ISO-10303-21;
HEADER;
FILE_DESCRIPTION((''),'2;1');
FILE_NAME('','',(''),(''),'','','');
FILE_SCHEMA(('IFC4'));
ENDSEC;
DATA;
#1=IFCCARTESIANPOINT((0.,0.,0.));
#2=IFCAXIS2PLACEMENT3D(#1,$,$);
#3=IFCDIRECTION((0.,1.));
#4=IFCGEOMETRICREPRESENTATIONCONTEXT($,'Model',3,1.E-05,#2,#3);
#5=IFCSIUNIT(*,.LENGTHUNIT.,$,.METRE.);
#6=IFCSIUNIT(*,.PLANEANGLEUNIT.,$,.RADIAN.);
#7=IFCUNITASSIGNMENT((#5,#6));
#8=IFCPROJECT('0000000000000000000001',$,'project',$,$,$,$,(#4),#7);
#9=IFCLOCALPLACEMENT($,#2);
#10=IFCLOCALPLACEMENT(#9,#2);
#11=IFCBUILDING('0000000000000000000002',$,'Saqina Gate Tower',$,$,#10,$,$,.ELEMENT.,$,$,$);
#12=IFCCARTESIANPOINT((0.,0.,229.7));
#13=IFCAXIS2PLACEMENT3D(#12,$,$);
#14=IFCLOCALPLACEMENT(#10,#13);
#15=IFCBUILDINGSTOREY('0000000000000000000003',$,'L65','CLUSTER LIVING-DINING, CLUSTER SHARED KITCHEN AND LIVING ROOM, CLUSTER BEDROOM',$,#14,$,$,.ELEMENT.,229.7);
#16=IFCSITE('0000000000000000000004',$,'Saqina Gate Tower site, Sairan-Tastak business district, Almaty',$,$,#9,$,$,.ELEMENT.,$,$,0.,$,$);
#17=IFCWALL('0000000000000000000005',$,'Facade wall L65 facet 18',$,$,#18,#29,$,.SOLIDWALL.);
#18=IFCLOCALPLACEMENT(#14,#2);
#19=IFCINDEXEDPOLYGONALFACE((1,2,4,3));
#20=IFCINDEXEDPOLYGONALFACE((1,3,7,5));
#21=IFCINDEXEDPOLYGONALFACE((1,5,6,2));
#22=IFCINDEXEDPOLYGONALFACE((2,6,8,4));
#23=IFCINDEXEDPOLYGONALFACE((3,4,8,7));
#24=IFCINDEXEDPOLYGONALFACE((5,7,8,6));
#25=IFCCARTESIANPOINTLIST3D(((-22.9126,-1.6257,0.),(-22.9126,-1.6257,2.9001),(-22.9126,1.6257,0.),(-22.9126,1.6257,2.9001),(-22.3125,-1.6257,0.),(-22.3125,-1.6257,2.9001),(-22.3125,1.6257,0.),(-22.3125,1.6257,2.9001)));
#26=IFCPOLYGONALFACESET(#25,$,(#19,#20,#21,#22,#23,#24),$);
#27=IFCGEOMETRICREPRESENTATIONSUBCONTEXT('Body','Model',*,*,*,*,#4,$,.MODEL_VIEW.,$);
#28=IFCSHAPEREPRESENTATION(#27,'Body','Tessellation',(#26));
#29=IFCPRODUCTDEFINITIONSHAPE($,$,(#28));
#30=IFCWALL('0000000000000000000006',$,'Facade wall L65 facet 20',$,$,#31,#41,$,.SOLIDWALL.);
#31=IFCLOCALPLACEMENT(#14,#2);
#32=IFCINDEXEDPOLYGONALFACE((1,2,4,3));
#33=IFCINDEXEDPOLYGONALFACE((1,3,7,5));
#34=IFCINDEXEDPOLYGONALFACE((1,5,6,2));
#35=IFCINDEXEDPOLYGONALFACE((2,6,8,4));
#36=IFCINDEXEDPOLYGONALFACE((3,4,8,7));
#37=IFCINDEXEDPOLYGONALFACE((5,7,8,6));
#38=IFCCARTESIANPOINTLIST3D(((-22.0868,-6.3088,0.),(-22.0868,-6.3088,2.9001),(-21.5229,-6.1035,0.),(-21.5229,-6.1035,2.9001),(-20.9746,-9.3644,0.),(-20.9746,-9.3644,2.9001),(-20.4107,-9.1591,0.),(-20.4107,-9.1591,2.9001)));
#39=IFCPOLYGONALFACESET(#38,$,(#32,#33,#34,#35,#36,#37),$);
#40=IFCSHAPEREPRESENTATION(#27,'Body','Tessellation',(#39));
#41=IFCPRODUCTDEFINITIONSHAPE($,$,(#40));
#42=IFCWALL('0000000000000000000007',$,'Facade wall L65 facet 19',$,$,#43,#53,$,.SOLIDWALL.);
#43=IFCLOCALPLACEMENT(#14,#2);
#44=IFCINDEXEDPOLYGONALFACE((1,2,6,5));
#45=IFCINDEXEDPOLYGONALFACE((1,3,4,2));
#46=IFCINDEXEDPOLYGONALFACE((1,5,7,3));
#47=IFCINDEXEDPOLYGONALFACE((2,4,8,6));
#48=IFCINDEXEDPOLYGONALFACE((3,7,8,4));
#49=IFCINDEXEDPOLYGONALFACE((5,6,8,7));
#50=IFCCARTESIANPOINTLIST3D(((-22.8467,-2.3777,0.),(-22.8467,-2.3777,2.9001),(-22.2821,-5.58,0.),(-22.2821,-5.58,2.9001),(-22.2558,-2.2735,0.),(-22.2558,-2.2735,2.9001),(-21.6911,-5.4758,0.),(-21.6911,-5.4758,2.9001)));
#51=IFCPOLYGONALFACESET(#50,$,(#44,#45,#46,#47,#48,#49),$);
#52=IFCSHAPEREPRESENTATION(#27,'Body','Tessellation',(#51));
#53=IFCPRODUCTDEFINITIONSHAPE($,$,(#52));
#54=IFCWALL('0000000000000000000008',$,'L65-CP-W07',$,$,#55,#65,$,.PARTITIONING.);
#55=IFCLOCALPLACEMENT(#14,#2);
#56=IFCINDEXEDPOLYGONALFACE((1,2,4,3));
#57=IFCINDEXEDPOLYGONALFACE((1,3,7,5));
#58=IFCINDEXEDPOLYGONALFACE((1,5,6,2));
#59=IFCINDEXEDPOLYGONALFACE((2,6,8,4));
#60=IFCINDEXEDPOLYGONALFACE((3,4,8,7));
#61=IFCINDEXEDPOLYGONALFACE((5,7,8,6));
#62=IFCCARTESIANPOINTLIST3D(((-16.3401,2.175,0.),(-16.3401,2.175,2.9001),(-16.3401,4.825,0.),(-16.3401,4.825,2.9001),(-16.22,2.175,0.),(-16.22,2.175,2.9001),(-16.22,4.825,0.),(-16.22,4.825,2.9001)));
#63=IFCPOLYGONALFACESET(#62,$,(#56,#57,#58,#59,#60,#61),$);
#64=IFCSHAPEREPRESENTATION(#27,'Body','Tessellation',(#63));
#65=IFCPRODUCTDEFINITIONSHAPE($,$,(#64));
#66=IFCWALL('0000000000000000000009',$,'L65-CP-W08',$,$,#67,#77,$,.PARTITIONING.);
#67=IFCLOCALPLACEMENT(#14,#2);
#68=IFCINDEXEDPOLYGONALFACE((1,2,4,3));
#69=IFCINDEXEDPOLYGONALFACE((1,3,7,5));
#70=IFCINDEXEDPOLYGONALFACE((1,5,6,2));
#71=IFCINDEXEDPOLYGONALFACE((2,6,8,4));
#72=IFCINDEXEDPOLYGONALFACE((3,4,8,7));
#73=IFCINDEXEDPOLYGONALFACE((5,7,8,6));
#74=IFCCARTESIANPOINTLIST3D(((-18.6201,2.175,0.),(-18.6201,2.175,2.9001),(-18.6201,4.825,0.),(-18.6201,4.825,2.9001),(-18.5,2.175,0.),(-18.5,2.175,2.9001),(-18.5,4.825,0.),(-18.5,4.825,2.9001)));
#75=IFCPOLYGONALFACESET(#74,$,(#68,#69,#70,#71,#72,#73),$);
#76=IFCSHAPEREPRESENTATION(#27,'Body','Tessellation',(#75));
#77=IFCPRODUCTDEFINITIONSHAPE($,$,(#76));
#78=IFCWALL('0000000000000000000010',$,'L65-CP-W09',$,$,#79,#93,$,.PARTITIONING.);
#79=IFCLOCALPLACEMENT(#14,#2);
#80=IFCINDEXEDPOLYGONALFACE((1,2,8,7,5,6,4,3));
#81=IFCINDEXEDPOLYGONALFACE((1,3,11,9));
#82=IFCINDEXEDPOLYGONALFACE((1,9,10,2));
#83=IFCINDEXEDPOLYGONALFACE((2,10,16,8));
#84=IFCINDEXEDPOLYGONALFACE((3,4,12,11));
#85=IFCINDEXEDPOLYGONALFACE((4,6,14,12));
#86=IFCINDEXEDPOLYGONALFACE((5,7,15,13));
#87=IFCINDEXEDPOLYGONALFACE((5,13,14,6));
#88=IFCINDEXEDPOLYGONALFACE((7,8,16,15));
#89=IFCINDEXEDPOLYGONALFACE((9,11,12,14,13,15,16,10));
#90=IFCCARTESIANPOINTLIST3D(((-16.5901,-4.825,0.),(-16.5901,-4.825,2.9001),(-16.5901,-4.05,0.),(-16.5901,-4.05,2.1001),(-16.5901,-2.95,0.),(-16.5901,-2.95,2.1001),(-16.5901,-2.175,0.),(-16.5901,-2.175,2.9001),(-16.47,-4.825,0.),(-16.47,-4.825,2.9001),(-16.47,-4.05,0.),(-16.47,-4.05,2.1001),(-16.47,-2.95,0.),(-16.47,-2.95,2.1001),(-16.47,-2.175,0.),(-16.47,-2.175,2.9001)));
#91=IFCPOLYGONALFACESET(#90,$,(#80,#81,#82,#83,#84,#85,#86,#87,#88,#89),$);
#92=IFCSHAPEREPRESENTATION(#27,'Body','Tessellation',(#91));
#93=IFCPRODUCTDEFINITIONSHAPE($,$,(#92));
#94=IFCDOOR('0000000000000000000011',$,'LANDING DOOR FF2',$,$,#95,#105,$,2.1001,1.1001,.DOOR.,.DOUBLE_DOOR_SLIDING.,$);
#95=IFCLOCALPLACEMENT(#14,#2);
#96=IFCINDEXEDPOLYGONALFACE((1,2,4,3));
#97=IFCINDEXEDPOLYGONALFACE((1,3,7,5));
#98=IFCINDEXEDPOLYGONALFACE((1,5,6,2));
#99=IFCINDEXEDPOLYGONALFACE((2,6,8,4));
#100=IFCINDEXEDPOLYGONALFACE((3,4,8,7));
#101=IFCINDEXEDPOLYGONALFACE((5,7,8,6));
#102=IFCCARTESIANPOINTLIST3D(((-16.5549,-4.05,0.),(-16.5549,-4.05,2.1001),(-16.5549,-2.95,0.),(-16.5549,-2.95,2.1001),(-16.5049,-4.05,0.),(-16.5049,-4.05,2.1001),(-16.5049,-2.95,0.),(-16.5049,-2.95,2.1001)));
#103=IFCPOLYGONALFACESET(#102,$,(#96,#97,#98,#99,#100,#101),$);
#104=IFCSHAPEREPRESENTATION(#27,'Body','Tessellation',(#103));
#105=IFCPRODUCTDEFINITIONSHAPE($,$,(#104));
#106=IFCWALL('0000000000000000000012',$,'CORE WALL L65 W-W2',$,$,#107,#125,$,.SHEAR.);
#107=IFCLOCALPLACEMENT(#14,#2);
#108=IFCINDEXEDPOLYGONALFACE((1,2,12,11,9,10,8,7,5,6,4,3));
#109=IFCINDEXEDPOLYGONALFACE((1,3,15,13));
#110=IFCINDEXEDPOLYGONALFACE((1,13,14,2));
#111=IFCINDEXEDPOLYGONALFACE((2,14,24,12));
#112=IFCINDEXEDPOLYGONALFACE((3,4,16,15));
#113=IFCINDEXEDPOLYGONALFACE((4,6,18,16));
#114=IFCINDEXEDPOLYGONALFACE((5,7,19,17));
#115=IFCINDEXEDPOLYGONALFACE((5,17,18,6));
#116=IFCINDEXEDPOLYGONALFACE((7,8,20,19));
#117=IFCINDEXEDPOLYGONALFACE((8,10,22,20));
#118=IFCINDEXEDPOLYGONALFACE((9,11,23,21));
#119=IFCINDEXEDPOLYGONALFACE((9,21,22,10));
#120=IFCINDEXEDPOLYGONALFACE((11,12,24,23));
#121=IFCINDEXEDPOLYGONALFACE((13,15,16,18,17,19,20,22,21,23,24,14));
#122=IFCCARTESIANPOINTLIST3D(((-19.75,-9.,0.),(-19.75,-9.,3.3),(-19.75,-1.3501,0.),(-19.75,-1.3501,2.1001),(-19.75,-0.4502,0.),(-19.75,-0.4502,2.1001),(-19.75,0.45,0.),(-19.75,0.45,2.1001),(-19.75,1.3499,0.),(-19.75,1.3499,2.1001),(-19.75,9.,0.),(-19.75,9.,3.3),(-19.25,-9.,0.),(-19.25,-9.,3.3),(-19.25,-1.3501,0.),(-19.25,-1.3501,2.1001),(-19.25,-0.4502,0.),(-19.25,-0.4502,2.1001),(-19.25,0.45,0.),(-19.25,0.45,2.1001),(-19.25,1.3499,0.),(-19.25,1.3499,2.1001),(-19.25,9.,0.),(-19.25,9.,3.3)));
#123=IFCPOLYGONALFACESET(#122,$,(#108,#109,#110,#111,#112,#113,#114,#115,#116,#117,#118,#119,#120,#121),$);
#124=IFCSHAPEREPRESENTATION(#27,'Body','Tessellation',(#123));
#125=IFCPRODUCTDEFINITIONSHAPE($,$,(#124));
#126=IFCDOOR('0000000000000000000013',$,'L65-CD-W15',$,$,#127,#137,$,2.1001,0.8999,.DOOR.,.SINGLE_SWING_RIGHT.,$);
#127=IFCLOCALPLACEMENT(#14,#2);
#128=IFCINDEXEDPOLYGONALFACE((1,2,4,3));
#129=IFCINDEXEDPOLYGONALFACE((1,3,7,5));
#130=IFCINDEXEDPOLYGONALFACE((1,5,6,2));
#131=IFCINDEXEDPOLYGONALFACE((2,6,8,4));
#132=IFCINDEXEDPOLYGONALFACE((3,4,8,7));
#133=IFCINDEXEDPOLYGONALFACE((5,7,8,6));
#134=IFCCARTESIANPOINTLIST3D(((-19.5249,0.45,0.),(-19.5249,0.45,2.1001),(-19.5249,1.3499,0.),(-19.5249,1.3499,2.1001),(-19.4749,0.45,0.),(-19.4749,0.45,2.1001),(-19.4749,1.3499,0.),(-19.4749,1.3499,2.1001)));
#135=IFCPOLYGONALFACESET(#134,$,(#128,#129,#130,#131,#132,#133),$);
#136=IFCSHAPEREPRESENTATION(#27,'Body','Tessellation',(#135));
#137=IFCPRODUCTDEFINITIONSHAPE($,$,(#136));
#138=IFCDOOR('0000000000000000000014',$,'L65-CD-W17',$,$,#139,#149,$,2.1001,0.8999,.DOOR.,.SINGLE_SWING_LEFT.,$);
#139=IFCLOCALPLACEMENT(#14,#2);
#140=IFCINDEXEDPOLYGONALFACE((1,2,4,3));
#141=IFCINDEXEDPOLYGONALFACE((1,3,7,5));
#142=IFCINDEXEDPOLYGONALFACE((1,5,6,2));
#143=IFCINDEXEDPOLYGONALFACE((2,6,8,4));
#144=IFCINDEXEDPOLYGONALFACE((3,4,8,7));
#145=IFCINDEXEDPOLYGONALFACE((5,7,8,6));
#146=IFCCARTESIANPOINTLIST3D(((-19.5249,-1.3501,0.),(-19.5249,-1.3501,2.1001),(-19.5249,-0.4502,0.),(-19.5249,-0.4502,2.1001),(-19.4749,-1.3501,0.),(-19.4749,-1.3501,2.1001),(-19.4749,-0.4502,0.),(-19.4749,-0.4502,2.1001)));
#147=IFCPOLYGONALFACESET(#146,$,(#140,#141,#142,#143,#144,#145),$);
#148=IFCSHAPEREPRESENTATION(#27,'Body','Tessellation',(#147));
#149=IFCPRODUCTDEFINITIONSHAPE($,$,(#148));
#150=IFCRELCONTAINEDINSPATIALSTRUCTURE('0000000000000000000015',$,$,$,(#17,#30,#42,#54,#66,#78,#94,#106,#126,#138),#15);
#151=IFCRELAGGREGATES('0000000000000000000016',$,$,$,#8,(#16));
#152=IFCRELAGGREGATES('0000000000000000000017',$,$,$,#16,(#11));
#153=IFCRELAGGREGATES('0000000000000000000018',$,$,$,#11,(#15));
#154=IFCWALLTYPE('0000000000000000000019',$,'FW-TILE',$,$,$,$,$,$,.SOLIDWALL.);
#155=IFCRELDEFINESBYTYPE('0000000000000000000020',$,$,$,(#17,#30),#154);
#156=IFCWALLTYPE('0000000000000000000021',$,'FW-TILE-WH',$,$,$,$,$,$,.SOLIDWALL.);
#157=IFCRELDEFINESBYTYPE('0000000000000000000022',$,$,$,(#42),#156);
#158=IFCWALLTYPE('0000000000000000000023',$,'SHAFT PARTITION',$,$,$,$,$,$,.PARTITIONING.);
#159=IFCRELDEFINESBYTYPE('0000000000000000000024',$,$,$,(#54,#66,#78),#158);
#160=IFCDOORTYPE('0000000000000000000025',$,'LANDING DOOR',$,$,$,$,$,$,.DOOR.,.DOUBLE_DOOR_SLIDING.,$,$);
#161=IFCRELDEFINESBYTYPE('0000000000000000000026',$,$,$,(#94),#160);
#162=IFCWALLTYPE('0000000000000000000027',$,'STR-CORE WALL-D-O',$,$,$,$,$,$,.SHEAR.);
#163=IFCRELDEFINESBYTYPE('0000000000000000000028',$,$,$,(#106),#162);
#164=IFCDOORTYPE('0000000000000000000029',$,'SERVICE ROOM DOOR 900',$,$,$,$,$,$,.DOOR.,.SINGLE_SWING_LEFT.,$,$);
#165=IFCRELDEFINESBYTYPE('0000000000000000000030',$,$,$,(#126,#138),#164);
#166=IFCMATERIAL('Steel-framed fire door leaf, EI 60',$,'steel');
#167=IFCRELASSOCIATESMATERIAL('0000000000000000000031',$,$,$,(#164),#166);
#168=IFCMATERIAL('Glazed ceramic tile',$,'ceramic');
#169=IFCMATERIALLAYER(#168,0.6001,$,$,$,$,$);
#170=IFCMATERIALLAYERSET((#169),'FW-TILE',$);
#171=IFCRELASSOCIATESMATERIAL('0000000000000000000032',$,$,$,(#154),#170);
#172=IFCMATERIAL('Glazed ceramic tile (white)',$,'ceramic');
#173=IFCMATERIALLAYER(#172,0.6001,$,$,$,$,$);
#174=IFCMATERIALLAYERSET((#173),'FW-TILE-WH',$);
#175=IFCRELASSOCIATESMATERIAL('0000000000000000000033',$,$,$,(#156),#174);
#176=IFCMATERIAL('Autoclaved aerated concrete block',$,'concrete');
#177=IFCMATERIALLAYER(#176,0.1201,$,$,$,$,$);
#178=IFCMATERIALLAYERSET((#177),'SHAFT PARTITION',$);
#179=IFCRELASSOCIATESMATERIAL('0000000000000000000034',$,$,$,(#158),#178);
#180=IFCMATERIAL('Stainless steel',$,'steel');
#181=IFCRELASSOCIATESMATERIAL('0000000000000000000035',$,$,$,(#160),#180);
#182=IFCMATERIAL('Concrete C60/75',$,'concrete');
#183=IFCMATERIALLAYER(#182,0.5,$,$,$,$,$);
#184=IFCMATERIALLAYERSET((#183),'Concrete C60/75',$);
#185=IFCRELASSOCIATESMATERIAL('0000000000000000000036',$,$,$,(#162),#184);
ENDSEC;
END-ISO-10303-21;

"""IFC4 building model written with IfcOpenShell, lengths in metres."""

from ifc_helpers import new_model, si_unit, direction, frame, frame_2d, origin, place, context, subcontext, project, spatial, rectangle, extrude, material, layer, layer_set, type_object, element, fill, save


model = new_model("IFC4")

# Units and contexts
model_context = context("Model", 3, precision=1e-05, world=origin(), true_north=direction((0.0, 1.0)))
body_context = subcontext(model_context, "Body", "Model", "MODEL_VIEW")
ifc_project = project(units=[si_unit("LENGTHUNIT", "METRE"), si_unit("PLANEANGLEUNIT", "RADIAN")], contexts=[model_context])

# Site, building, storey
site_placement = place(None, origin())
site = spatial("IfcSite", under=ifc_project, at=site_placement, Name="Saqina Gate Tower site, Sairan-Tastak business district, Almaty", CompositionType="ELEMENT", RefElevation=0.0)
building_placement = place(site_placement, origin())
building = spatial("IfcBuilding", under=site, at=building_placement, Name="Saqina Gate Tower", CompositionType="ELEMENT")
storey_placement = place(building_placement, frame((0.0, 0.0, 229.7)))
storey = spatial("IfcBuildingStorey", under=building, at=storey_placement, Name="L65", Description="CLUSTER LIVING-DINING, CLUSTER SHARED KITCHEN AND LIVING ROOM, CLUSTER BEDROOM", CompositionType="ELEMENT", Elevation=229.7)

# Shared definitions
ifc_material_1 = material(Name="Steel-framed fire door leaf, EI 60", Category="steel")
door_type_1 = type_object("IfcDoorType", Name="SERVICE ROOM DOOR 900", OperationType="SINGLE_SWING_LEFT", PredefinedType="DOOR", material=ifc_material_1)

# Walls
ifc_material_2 = material(Name="Glazed ceramic tile", Category="ceramic")
ifc_layer_1 = layer(ifc_material_2, 0.6001)
ifc_layer_set_1 = layer_set([ifc_layer_1], Name="FW-TILE")
wall_type_1 = type_object("IfcWallType", Name="FW-TILE", PredefinedType="SOLIDWALL", material=ifc_layer_set_1)
wall_1_placement = place(storey_placement, frame((-22.6125, 1.6257, 0.0), z_axis=(0.0, 0.0, 1.0), x_axis=(0.0, -1.0, 0.0)))
element("IfcWall", 1, at=wall_1_placement, inside=storey, type_object=wall_type_1, Name="Facade wall L65 facet 18", PredefinedType="SOLIDWALL", context=body_context, shape_type="SweptSolid", body=[
    extrude(rectangle(XDim=3.2515, YDim=0.6001, at=frame_2d((1.6257, 0.0))), origin(), (0.0, 0.0, 1.0), 2.9001),
])
wall_2_placement = place(storey_placement, frame((-21.8049, -6.2061, 0.0), z_axis=(0.0, 0.0, 1.0), x_axis=(0.342057, -0.939679, 0.0)))
element("IfcWall", 2, at=wall_2_placement, inside=storey, type_object=wall_type_1, Name="Facade wall L65 facet 20", PredefinedType="SOLIDWALL", context=body_context, shape_type="SweptSolid", body=[
    extrude(rectangle(XDim=3.2517, YDim=0.6001, at=frame_2d((1.626, 0.0))), origin(), (0.0, 0.0, 1.0), 2.9001),
])
ifc_material_3 = material(Name="Glazed ceramic tile (white)", Category="ceramic")
ifc_layer_2 = layer(ifc_material_3, 0.6001)
ifc_layer_set_2 = layer_set([ifc_layer_2], Name="FW-TILE-WH")
wall_type_2 = type_object("IfcWallType", Name="FW-TILE-WH", PredefinedType="SOLIDWALL", material=ifc_layer_set_2)
wall_3_placement = place(storey_placement, frame((-22.5513, -2.3254, 0.0), z_axis=(0.0, 0.0, 1.0), x_axis=(0.173657, -0.984806, 0.0)))
element("IfcWall", 3, at=wall_3_placement, inside=storey, type_object=wall_type_2, Name="Facade wall L65 facet 19", PredefinedType="SOLIDWALL", context=body_context, shape_type="SweptSolid", body=[
    extrude(rectangle(XDim=3.2517, YDim=0.6001, at=frame_2d((1.626, 0.0))), origin(), (0.0, 0.0, 1.0), 2.9001),
])
ifc_material_4 = material(Name="Autoclaved aerated concrete block", Category="concrete")
ifc_layer_3 = layer(ifc_material_4, 0.1201)
ifc_layer_set_3 = layer_set([ifc_layer_3], Name="SHAFT PARTITION")
wall_type_3 = type_object("IfcWallType", Name="SHAFT PARTITION", PredefinedType="PARTITIONING", material=ifc_layer_set_3)
for number, where, z_axis, x_axis, name in (
    (4, (-16.28, 2.175, 0.0), (0.0, 0.0, 1.0), (0.0, 1.0, 0.0), "L65-CP-W07"),
    (5, (-18.5601, 2.175, 0.0), (0.0, 0.0, 1.0), (0.0, 1.0, 0.0), "L65-CP-W08"),
):
    element("IfcWall", number, at=place(storey_placement, frame(where, z_axis=z_axis, x_axis=x_axis)), inside=storey, type_object=wall_type_3, Name=name, PredefinedType="PARTITIONING", context=body_context, shape_type="SweptSolid", body=[
        extrude(rectangle(XDim=2.6499, YDim=0.1201, at=frame_2d((1.325, 0.0))), origin(), (0.0, 0.0, 1.0), 2.9001),
    ])

# Wall, opening, door
wall_4_placement = place(storey_placement, frame((-16.53, -4.825, 0.0), z_axis=(0.0, 0.0, 1.0), x_axis=(0.0, 1.0, 0.0)))
wall_4 = element("IfcWall", 6, at=wall_4_placement, inside=storey, type_object=wall_type_3, Name="L65-CP-W09", PredefinedType="PARTITIONING", context=body_context, shape_type="SweptSolid", body=[
    extrude(rectangle(XDim=2.6499, YDim=0.1201, at=frame_2d((1.325, 0.0))), origin(), (0.0, 0.0, 1.0), 2.9001),
])
opening_1_placement = place(wall_4_placement, frame((0.7749, 0.0, 0.0)))
opening_1 = element("IfcOpeningElement", 7, at=opening_1_placement, cuts=wall_4, PredefinedType="OPENING", context=body_context, shape_type="SweptSolid", body=[
    extrude(rectangle(XDim=1.1001, YDim=2.1001, at=frame_2d((0.55, 1.05))), frame((0.0, 0.072, 0.0), z_axis=(0.0, -1.0, 0.0), x_axis=(1.0, 0.0, 0.0)), (0.0, 0.0, 1.0), 0.144),
])
ifc_material_5 = material(Name="Stainless steel", Category="steel")
door_type_2 = type_object("IfcDoorType", Name="LANDING DOOR", OperationType="DOUBLE_DOOR_SLIDING", PredefinedType="DOOR", material=ifc_material_5)
door_1_placement = place(opening_1_placement, origin())
door_1 = element("IfcDoor", 8, at=door_1_placement, inside=storey, type_object=door_type_2, Name="LANDING DOOR FF2", OperationType="DOUBLE_DOOR_SLIDING", OverallHeight=2.1001, OverallWidth=1.1001, PredefinedType="DOOR", context=body_context, shape_type="SweptSolid", body=[
    extrude(rectangle(XDim=1.1001, YDim=2.1001, at=frame_2d((0.55, 1.05))), frame((0.0, 0.0249, 0.0), z_axis=(0.0, -1.0, 0.0), x_axis=(1.0, 0.0, 0.0)), (0.0, 0.0, 1.0), 0.05),
])
fill(opening_1, door_1)

# Wall, openings, doors
ifc_material_6 = material(Name="Concrete C60/75", Category="concrete")
ifc_layer_4 = layer(ifc_material_6, 0.5)
ifc_layer_set_4 = layer_set([ifc_layer_4], Name="Concrete C60/75")
wall_type_4 = type_object("IfcWallType", Name="STR-CORE WALL-D-O", PredefinedType="SHEAR", material=ifc_layer_set_4)
wall_5_placement = place(storey_placement, frame((-19.5, -9.0, 0.0), z_axis=(0.0, 0.0, 1.0), x_axis=(0.0, 1.0, 0.0)))
wall_5 = element("IfcWall", 9, at=wall_5_placement, inside=storey, type_object=wall_type_4, Name="CORE WALL L65 W-W2", PredefinedType="SHEAR", context=body_context, shape_type="SweptSolid", body=[
    extrude(rectangle(XDim=18.0, YDim=0.5, at=frame_2d((9.0, 0.0))), origin(), (0.0, 0.0, 1.0), 3.3),
])
opening_2_placement = place(wall_5_placement, frame((9.45, 0.0, 0.0)))
opening_2 = element("IfcOpeningElement", 10, at=opening_2_placement, cuts=wall_5, PredefinedType="OPENING", context=body_context, shape_type="SweptSolid", body=[
    extrude(rectangle(XDim=0.8999, YDim=2.1001, at=frame_2d((0.45, 1.05))), frame((0.0, 0.262, 0.0), z_axis=(0.0, -1.0, 0.0), x_axis=(1.0, 0.0, 0.0)), (0.0, 0.0, 1.0), 0.5239),
])
opening_3_placement = place(wall_5_placement, frame((7.6499, 0.0, 0.0)))
opening_3 = element("IfcOpeningElement", 11, at=opening_3_placement, cuts=wall_5, PredefinedType="OPENING", context=body_context, shape_type="SweptSolid", body=[
    extrude(rectangle(XDim=0.8999, YDim=2.1001, at=frame_2d((0.45, 1.05))), frame((0.0, 0.262, 0.0), z_axis=(0.0, -1.0, 0.0), x_axis=(1.0, 0.0, 0.0)), (0.0, 0.0, 1.0), 0.5239),
])
door_2_placement = place(opening_2_placement, origin())
door_2 = element("IfcDoor", 12, at=door_2_placement, inside=storey, type_object=door_type_1, Name="L65-CD-W15", OperationType="SINGLE_SWING_RIGHT", OverallHeight=2.1001, OverallWidth=0.8999, PredefinedType="DOOR", context=body_context, shape_type="SweptSolid", body=[
    extrude(rectangle(XDim=0.8999, YDim=2.1001, at=frame_2d((0.45, 1.05))), frame((0.0, 0.0249, 0.0), z_axis=(0.0, -1.0, 0.0), x_axis=(1.0, 0.0, 0.0)), (0.0, 0.0, 1.0), 0.05),
])
fill(opening_2, door_2)
door_3_placement = place(opening_3_placement, origin())
door_3 = element("IfcDoor", 13, at=door_3_placement, inside=storey, type_object=door_type_1, Name="L65-CD-W17", OperationType="SINGLE_SWING_LEFT", OverallHeight=2.1001, OverallWidth=0.8999, PredefinedType="DOOR", context=body_context, shape_type="SweptSolid", body=[
    extrude(rectangle(XDim=0.8999, YDim=2.1001, at=frame_2d((0.45, 1.05))), frame((0.0, 0.0249, 0.0), z_axis=(0.0, -1.0, 0.0), x_axis=(1.0, 0.0, 0.0)), (0.0, 0.0, 1.0), 0.05),
])
fill(opening_3, door_3)

save(model, "model.ifc")
